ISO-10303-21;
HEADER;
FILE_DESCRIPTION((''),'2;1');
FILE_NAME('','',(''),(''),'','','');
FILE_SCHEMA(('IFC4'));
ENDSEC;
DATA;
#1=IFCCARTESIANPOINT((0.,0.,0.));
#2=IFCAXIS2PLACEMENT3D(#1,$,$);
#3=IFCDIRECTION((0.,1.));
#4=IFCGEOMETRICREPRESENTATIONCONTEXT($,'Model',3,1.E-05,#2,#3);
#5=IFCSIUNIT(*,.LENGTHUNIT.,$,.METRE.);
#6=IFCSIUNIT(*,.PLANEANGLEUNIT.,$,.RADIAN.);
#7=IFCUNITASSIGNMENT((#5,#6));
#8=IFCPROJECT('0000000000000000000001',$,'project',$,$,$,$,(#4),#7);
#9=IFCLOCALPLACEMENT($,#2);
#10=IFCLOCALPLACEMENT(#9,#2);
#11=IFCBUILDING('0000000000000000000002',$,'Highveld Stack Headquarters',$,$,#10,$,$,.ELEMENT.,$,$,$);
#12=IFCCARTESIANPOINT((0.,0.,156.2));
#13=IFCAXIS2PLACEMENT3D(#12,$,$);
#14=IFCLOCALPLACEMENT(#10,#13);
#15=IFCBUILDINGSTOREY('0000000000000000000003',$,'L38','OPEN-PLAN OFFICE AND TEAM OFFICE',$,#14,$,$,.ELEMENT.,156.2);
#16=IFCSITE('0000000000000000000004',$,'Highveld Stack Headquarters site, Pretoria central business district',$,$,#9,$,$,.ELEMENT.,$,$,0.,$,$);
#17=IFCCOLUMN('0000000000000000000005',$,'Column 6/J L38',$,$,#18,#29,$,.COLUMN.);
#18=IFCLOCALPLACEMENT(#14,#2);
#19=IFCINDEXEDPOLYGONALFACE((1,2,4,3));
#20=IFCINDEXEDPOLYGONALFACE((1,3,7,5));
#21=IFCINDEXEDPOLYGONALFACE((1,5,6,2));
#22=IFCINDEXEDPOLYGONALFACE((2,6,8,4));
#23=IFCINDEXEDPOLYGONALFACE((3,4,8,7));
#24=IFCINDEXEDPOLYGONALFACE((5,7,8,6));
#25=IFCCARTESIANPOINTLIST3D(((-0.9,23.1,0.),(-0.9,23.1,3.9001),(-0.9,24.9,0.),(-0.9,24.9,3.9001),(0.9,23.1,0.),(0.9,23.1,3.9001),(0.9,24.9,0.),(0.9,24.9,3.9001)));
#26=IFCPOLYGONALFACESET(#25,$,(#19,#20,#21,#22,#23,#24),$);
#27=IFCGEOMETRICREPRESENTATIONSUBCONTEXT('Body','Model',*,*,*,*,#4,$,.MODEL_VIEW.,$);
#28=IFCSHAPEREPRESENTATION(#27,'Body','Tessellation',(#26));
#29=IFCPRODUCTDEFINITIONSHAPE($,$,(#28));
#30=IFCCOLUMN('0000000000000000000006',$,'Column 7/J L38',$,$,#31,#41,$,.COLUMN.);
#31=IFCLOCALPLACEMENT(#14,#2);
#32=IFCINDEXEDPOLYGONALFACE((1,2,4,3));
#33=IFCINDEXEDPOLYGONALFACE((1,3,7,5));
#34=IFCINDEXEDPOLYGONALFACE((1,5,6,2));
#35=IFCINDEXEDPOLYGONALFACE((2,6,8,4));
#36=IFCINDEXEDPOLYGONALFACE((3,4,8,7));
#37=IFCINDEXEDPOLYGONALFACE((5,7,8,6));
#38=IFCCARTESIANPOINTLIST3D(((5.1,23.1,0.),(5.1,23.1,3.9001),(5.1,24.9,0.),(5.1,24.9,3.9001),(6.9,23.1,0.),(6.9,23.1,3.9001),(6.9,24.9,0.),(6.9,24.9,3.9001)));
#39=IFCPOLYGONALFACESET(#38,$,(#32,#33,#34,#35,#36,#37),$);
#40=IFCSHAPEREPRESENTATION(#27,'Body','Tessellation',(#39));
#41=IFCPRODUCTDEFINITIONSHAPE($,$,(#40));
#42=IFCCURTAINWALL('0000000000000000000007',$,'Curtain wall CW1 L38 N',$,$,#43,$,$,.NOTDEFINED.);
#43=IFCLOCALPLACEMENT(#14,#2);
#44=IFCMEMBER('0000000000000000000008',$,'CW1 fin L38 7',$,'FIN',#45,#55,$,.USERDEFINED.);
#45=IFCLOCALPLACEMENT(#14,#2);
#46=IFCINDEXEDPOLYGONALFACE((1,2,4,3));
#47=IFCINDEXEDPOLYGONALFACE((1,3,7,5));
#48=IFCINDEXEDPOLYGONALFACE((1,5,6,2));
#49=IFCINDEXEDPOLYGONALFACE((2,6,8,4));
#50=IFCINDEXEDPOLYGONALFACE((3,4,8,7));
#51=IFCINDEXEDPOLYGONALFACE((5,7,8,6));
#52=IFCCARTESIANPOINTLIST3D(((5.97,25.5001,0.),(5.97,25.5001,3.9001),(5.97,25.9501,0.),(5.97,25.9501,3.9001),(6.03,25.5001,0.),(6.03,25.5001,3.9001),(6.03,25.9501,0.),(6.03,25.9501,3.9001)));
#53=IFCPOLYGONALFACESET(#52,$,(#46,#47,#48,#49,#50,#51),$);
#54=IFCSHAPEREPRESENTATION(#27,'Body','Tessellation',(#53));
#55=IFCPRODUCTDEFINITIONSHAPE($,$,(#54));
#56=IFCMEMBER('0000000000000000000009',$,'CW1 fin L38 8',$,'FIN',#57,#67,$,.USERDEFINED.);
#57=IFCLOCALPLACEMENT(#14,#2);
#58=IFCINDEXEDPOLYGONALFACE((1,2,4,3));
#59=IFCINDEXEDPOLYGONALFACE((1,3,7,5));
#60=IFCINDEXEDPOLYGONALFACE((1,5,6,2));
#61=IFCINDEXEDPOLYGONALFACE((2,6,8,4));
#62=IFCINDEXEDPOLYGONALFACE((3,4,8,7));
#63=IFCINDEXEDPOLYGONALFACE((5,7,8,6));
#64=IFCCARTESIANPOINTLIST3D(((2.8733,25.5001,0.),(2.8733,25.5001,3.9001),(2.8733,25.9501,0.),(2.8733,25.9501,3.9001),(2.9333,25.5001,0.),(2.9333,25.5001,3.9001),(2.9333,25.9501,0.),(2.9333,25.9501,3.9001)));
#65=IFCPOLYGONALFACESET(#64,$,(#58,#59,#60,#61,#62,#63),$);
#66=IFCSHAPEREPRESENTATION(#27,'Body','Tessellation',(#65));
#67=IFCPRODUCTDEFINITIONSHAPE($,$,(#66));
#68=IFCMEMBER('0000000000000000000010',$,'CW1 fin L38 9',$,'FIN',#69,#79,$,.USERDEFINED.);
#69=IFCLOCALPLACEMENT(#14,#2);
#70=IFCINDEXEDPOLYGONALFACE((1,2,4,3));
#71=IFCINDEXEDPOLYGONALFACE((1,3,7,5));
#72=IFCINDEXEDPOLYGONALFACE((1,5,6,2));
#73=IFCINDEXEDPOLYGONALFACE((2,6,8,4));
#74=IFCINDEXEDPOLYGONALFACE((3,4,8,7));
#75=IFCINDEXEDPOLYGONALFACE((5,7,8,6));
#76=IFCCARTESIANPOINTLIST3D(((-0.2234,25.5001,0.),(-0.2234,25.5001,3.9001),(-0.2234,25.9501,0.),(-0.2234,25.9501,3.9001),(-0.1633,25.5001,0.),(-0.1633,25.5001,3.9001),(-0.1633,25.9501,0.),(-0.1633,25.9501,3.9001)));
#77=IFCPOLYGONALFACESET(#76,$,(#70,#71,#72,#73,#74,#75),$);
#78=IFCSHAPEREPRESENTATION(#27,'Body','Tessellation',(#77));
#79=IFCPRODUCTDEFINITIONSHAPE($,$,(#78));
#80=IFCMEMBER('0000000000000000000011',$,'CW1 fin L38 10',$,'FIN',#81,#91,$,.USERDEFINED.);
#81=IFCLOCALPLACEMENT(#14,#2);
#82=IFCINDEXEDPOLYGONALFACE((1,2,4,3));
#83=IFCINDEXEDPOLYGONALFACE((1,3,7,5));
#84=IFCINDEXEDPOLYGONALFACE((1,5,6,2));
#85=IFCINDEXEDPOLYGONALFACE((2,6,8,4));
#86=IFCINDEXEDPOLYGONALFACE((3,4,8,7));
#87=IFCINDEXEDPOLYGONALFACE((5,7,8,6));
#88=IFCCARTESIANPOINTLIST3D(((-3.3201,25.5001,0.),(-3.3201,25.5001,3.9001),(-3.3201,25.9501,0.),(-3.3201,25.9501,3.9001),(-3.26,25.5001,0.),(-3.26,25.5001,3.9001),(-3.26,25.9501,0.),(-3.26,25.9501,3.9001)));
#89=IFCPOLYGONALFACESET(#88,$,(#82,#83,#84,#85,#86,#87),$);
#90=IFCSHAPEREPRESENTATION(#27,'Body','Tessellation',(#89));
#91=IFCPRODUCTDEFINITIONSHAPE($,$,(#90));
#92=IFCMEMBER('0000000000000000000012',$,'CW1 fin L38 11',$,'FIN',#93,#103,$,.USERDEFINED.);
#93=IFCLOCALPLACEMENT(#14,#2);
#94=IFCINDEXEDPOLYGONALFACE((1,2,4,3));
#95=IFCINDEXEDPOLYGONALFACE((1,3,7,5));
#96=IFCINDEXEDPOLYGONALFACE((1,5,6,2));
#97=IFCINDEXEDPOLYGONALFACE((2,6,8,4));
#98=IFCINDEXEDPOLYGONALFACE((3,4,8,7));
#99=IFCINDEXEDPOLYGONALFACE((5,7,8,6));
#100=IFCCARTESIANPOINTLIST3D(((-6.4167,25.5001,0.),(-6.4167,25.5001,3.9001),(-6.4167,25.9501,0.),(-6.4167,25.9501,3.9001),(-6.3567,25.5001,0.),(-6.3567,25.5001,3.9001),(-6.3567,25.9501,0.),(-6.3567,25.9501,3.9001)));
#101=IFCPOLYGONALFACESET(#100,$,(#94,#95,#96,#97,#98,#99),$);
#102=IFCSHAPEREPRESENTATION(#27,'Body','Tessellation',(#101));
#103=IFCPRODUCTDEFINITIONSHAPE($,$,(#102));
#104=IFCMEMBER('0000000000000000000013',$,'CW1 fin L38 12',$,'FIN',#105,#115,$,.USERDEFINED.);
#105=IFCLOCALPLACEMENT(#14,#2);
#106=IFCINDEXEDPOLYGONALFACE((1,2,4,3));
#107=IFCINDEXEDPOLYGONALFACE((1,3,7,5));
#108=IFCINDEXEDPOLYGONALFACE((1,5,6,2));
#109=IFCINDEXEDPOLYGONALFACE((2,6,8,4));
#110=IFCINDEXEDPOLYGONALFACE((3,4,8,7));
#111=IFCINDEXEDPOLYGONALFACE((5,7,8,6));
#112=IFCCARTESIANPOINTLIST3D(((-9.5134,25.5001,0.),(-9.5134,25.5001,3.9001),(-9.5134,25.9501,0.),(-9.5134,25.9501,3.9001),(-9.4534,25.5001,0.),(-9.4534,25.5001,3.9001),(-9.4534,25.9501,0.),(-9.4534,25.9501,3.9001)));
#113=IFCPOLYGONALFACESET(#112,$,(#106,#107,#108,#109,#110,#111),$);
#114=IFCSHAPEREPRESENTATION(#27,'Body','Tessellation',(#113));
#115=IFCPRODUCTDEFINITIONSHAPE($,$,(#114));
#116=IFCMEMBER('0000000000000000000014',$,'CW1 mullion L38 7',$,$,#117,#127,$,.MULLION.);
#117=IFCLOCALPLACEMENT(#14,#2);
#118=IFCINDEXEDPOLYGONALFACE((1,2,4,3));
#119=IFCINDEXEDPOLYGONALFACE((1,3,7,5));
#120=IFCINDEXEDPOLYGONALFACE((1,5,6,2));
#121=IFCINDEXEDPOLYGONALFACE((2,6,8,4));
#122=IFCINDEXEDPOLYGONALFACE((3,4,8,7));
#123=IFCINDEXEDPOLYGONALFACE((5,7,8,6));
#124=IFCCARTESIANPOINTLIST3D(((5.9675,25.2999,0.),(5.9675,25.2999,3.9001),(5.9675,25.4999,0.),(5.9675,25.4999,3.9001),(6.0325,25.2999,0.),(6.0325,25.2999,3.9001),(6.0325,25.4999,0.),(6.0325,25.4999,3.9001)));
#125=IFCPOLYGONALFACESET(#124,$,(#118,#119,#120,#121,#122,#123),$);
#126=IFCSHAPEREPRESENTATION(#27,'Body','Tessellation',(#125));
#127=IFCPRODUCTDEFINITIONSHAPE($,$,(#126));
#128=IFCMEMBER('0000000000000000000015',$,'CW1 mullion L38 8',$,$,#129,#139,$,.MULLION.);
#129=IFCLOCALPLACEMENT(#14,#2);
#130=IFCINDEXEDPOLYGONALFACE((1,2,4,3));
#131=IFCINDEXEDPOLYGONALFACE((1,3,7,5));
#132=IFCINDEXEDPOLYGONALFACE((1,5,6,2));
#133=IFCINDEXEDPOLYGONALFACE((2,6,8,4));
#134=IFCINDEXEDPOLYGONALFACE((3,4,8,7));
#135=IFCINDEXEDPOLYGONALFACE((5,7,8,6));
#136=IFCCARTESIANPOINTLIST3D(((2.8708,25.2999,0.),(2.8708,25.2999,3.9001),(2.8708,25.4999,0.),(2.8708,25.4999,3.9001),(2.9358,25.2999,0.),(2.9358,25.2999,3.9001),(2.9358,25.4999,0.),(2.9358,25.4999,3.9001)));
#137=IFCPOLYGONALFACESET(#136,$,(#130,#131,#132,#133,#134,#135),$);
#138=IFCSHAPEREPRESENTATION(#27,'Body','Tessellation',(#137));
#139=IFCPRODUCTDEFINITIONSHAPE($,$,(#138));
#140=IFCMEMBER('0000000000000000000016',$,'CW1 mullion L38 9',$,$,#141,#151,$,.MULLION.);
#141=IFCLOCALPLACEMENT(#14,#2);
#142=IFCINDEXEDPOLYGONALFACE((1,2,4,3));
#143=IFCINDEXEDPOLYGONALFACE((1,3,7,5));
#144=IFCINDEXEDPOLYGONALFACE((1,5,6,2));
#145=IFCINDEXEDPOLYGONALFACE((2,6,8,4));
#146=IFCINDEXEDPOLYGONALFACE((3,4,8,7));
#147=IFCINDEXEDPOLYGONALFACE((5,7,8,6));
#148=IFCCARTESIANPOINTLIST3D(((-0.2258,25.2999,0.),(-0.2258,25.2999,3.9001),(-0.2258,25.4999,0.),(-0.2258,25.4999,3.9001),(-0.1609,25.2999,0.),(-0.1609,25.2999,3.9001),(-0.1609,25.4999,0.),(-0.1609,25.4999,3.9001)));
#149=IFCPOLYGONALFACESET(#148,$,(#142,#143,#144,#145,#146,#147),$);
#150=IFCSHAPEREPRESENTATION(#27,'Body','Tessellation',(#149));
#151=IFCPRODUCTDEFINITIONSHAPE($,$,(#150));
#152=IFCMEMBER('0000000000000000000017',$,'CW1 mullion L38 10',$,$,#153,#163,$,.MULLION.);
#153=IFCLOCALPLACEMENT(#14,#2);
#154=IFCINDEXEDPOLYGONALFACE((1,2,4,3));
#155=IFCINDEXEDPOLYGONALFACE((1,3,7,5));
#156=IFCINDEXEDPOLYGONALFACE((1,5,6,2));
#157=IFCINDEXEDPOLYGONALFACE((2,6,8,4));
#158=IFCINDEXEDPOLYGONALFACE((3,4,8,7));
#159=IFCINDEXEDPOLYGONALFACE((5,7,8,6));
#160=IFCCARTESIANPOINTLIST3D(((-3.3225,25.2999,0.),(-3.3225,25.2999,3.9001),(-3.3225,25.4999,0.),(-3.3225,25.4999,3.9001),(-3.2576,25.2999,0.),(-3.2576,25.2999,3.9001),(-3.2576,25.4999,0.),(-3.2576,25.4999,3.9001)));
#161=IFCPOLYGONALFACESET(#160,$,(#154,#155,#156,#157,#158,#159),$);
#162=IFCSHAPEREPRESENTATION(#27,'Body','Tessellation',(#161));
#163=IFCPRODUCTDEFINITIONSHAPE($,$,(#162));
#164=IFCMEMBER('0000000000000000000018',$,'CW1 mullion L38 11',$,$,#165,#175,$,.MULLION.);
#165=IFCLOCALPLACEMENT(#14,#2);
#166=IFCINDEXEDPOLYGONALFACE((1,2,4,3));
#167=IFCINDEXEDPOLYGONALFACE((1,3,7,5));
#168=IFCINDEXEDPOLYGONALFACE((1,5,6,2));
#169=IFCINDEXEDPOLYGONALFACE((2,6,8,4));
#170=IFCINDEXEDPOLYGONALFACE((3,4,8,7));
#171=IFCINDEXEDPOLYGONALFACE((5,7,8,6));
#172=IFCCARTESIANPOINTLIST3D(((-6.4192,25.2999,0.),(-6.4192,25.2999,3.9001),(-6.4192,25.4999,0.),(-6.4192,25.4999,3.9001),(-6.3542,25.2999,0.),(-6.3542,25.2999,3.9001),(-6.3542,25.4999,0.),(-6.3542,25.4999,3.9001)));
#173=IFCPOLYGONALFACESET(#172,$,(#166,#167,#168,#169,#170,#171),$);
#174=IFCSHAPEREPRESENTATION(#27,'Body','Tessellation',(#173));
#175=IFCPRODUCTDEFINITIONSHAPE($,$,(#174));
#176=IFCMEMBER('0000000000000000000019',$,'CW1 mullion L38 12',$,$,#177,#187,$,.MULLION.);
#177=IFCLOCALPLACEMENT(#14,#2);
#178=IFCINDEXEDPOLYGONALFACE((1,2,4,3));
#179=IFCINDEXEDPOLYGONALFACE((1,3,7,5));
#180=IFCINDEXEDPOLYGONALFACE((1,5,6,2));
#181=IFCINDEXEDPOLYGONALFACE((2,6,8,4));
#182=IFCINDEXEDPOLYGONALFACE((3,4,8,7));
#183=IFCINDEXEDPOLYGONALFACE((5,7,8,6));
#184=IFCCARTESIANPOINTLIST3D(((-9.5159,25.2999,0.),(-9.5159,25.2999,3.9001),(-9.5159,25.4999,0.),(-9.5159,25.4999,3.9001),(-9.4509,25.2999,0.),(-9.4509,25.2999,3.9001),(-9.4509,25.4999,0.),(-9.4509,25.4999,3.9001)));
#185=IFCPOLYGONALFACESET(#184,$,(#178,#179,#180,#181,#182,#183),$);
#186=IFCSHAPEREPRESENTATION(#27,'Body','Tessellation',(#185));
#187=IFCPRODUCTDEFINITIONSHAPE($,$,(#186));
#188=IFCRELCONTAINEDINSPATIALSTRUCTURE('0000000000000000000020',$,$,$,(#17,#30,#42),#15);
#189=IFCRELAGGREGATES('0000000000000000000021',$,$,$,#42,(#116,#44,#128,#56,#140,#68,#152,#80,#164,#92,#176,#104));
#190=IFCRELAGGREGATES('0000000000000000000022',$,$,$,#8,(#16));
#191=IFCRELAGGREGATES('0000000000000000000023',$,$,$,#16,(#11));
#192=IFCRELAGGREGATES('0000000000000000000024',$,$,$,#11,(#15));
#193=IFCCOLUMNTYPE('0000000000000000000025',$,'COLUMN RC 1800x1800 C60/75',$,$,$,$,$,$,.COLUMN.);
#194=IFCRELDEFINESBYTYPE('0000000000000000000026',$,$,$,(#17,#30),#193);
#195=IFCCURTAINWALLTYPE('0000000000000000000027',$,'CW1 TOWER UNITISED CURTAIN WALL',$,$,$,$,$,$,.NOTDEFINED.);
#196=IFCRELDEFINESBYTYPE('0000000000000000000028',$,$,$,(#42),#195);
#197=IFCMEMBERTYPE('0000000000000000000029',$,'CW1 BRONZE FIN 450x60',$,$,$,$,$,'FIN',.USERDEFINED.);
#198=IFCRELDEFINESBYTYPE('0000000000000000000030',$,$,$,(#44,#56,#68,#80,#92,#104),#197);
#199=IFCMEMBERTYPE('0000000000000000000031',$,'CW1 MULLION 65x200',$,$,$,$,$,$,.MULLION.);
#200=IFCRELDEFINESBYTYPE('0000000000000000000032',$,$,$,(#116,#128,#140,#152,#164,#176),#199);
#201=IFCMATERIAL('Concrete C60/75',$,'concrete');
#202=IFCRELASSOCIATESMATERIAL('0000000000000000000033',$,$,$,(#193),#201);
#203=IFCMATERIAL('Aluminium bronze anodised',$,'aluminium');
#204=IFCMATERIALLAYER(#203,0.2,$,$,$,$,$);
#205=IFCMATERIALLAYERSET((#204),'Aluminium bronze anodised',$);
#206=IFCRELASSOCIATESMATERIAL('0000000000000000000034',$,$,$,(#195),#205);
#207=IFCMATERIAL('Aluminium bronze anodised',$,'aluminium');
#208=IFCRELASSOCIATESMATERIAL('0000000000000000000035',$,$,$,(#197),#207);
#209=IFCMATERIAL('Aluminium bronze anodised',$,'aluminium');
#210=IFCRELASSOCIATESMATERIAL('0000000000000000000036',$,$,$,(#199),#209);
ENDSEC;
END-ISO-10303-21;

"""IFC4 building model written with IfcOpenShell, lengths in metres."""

from ifc_helpers import new_model, si_unit, direction, frame, origin, origin_2d, place, context, subcontext, project, spatial, rectangle, extrude, material, layer, layer_set, material_profile, profile_set, type_object, element, aggregate, save


model = new_model("IFC4")

# Units and contexts
model_context = context("Model", 3, precision=1e-05, world=origin(), true_north=direction((0.0, 1.0)))
body_context = subcontext(model_context, "Body", "Model", "MODEL_VIEW")
ifc_project = project(units=[si_unit("LENGTHUNIT", "METRE"), si_unit("PLANEANGLEUNIT", "RADIAN")], contexts=[model_context])

# Site, building, storey
site_placement = place(None, origin())
site = spatial("IfcSite", under=ifc_project, at=site_placement, Name="Highveld Stack Headquarters site, Pretoria central business district", CompositionType="ELEMENT", RefElevation=0.0)
building_placement = place(site_placement, origin())
building = spatial("IfcBuilding", under=site, at=building_placement, Name="Highveld Stack Headquarters", CompositionType="ELEMENT")
storey_placement = place(building_placement, frame((0.0, 0.0, 156.2)))
storey = spatial("IfcBuildingStorey", under=building, at=storey_placement, Name="L38", Description="OPEN-PLAN OFFICE AND TEAM OFFICE", CompositionType="ELEMENT", Elevation=156.2)

# Columns
ifc_material_1 = material(Name="Concrete C60/75", Category="concrete")
ifc_material_profile_1 = material_profile(ifc_material_1, rectangle(XDim=1.8, YDim=1.8, at=origin_2d()), Name="RC 1800x1800")
ifc_profile_set_1 = profile_set([ifc_material_profile_1], Name="Concrete C60/75")
column_type = type_object("IfcColumnType", Name="COLUMN RC 1800x1800 C60/75", PredefinedType="COLUMN", material=ifc_profile_set_1)
for number, where, z_axis, x_axis, name in (
    (1, (0.0, 24.0, 0.0), (0.0, 0.0, 1.0), (1.0, 0.0, 0.0), "Column 6/J L38"),
    (2, (6.0, 24.0, 0.0), (0.0, 0.0, 1.0), (1.0, 0.0, 0.0), "Column 7/J L38"),
):
    element("IfcColumn", number, at=place(storey_placement, frame(where, z_axis=z_axis, x_axis=x_axis)), inside=storey, type_object=column_type, Name=name, PredefinedType="COLUMN", context=body_context, shape_type="SweptSolid", body=[
        extrude(rectangle(XDim=1.8, YDim=1.8, at=origin_2d()), origin(), (0.0, 0.0, 1.0), 3.9001),
    ])

# Curtain wall, members
ifc_material_2 = material(Name="Aluminium bronze anodised", Category="aluminium")
ifc_layer_1 = layer(ifc_material_2, 0.2)
ifc_layer_set_1 = layer_set([ifc_layer_1], Name="Aluminium bronze anodised")
curtain_wall_type = type_object("IfcCurtainWallType", Name="CW1 TOWER UNITISED CURTAIN WALL", PredefinedType="NOTDEFINED", material=ifc_layer_set_1)
curtain_wall_placement = place(storey_placement, origin())
curtain_wall = element("IfcCurtainWall", 3, at=curtain_wall_placement, inside=storey, type_object=curtain_wall_type, Name="Curtain wall CW1 L38 N", PredefinedType="NOTDEFINED")
ifc_material_3 = material(Name="Aluminium bronze anodised", Category="aluminium")
ifc_material_profile_2 = material_profile(ifc_material_3, rectangle(XDim=0.45, YDim=0.0601, at=origin_2d()), Name="FIN 450x60")
ifc_profile_set_2 = profile_set([ifc_material_profile_2], Name="Aluminium bronze anodised")
member_type_1 = type_object("IfcMemberType", Name="CW1 BRONZE FIN 450x60", ElementType="FIN", PredefinedType="USERDEFINED", material=ifc_profile_set_2)
member_1_placement = place(storey_placement, frame((6.0, 25.7251, 0.0), z_axis=(0.0, 0.0, 1.0), x_axis=(0.0, -1.0, 0.0)))
member_1 = element("IfcMember", 4, at=member_1_placement, type_object=member_type_1, Name="CW1 fin L38 7", ObjectType="FIN", PredefinedType="USERDEFINED", context=body_context, shape_type="SweptSolid", body=[
    extrude(rectangle(XDim=0.45, YDim=0.0601, at=origin_2d()), origin(), (0.0, 0.0, 1.0), 3.9001),
])
member_2_placement = place(storey_placement, frame((2.9033, 25.7251, 0.0), z_axis=(0.0, 0.0, 1.0), x_axis=(0.0, -1.0, 0.0)))
member_2 = element("IfcMember", 5, at=member_2_placement, type_object=member_type_1, Name="CW1 fin L38 8", ObjectType="FIN", PredefinedType="USERDEFINED", context=body_context, shape_type="SweptSolid", body=[
    extrude(rectangle(XDim=0.45, YDim=0.0601, at=origin_2d()), origin(), (0.0, 0.0, 1.0), 3.9001),
])
member_3_placement = place(storey_placement, frame((-0.1934, 25.7251, 0.0), z_axis=(0.0, 0.0, 1.0), x_axis=(0.0, -1.0, 0.0)))
member_3 = element("IfcMember", 6, at=member_3_placement, type_object=member_type_1, Name="CW1 fin L38 9", ObjectType="FIN", PredefinedType="USERDEFINED", context=body_context, shape_type="SweptSolid", body=[
    extrude(rectangle(XDim=0.45, YDim=0.0601, at=origin_2d()), origin(), (0.0, 0.0, 1.0), 3.9001),
])
member_4_placement = place(storey_placement, frame((-3.29, 25.7251, 0.0), z_axis=(0.0, 0.0, 1.0), x_axis=(0.0, -1.0, 0.0)))
member_4 = element("IfcMember", 7, at=member_4_placement, type_object=member_type_1, Name="CW1 fin L38 10", ObjectType="FIN", PredefinedType="USERDEFINED", context=body_context, shape_type="SweptSolid", body=[
    extrude(rectangle(XDim=0.45, YDim=0.0601, at=origin_2d()), origin(), (0.0, 0.0, 1.0), 3.9001),
])
member_5_placement = place(storey_placement, frame((-6.3867, 25.7251, 0.0), z_axis=(0.0, 0.0, 1.0), x_axis=(0.0, -1.0, 0.0)))
member_5 = element("IfcMember", 8, at=member_5_placement, type_object=member_type_1, Name="CW1 fin L38 11", ObjectType="FIN", PredefinedType="USERDEFINED", context=body_context, shape_type="SweptSolid", body=[
    extrude(rectangle(XDim=0.45, YDim=0.0601, at=origin_2d()), origin(), (0.0, 0.0, 1.0), 3.9001),
])
member_6_placement = place(storey_placement, frame((-9.4834, 25.7251, 0.0), z_axis=(0.0, 0.0, 1.0), x_axis=(0.0, -1.0, 0.0)))
member_6 = element("IfcMember", 9, at=member_6_placement, type_object=member_type_1, Name="CW1 fin L38 12", ObjectType="FIN", PredefinedType="USERDEFINED", context=body_context, shape_type="SweptSolid", body=[
    extrude(rectangle(XDim=0.45, YDim=0.0601, at=origin_2d()), origin(), (0.0, 0.0, 1.0), 3.9001),
])
ifc_material_4 = material(Name="Aluminium bronze anodised", Category="aluminium")
ifc_material_profile_3 = material_profile(ifc_material_4, rectangle(XDim=0.2, YDim=0.0649, at=origin_2d()), Name="CW1 MULLION 65x200")
ifc_profile_set_3 = profile_set([ifc_material_profile_3], Name="Aluminium bronze anodised")
member_type_2 = type_object("IfcMemberType", Name="CW1 MULLION 65x200", PredefinedType="MULLION", material=ifc_profile_set_3)
member_7_placement = place(storey_placement, frame((6.0, 25.3999, 0.0), z_axis=(0.0, 0.0, 1.0), x_axis=(0.0, -1.0, 0.0)))
member_7 = element("IfcMember", 10, at=member_7_placement, type_object=member_type_2, Name="CW1 mullion L38 7", PredefinedType="MULLION", context=body_context, shape_type="SweptSolid", body=[
    extrude(rectangle(XDim=0.2, YDim=0.0649, at=origin_2d()), origin(), (0.0, 0.0, 1.0), 3.9001),
])
member_8_placement = place(storey_placement, frame((2.9033, 25.3999, 0.0), z_axis=(0.0, 0.0, 1.0), x_axis=(0.0, -1.0, 0.0)))
member_8 = element("IfcMember", 11, at=member_8_placement, type_object=member_type_2, Name="CW1 mullion L38 8", PredefinedType="MULLION", context=body_context, shape_type="SweptSolid", body=[
    extrude(rectangle(XDim=0.2, YDim=0.0649, at=origin_2d()), origin(), (0.0, 0.0, 1.0), 3.9001),
])
member_9_placement = place(storey_placement, frame((-0.1934, 25.3999, 0.0), z_axis=(0.0, 0.0, 1.0), x_axis=(0.0, -1.0, 0.0)))
member_9 = element("IfcMember", 12, at=member_9_placement, type_object=member_type_2, Name="CW1 mullion L38 9", PredefinedType="MULLION", context=body_context, shape_type="SweptSolid", body=[
    extrude(rectangle(XDim=0.2, YDim=0.0649, at=origin_2d()), origin(), (0.0, 0.0, 1.0), 3.9001),
])
member_10_placement = place(storey_placement, frame((-3.29, 25.3999, 0.0), z_axis=(0.0, 0.0, 1.0), x_axis=(0.0, -1.0, 0.0)))
member_10 = element("IfcMember", 13, at=member_10_placement, type_object=member_type_2, Name="CW1 mullion L38 10", PredefinedType="MULLION", context=body_context, shape_type="SweptSolid", body=[
    extrude(rectangle(XDim=0.2, YDim=0.0649, at=origin_2d()), origin(), (0.0, 0.0, 1.0), 3.9001),
])
member_11_placement = place(storey_placement, frame((-6.3867, 25.3999, 0.0), z_axis=(0.0, 0.0, 1.0), x_axis=(0.0, -1.0, 0.0)))
member_11 = element("IfcMember", 14, at=member_11_placement, type_object=member_type_2, Name="CW1 mullion L38 11", PredefinedType="MULLION", context=body_context, shape_type="SweptSolid", body=[
    extrude(rectangle(XDim=0.2, YDim=0.0649, at=origin_2d()), origin(), (0.0, 0.0, 1.0), 3.9001),
])
member_12_placement = place(storey_placement, frame((-9.4834, 25.3999, 0.0), z_axis=(0.0, 0.0, 1.0), x_axis=(0.0, -1.0, 0.0)))
member_12 = element("IfcMember", 15, at=member_12_placement, type_object=member_type_2, Name="CW1 mullion L38 12", PredefinedType="MULLION", context=body_context, shape_type="SweptSolid", body=[
    extrude(rectangle(XDim=0.2, YDim=0.0649, at=origin_2d()), origin(), (0.0, 0.0, 1.0), 3.9001),
])
aggregate(curtain_wall, [member_7, member_1, member_8, member_2, member_9, member_3, member_10, member_4, member_11, member_5, member_12, member_6])

save(model, "model.ifc")
